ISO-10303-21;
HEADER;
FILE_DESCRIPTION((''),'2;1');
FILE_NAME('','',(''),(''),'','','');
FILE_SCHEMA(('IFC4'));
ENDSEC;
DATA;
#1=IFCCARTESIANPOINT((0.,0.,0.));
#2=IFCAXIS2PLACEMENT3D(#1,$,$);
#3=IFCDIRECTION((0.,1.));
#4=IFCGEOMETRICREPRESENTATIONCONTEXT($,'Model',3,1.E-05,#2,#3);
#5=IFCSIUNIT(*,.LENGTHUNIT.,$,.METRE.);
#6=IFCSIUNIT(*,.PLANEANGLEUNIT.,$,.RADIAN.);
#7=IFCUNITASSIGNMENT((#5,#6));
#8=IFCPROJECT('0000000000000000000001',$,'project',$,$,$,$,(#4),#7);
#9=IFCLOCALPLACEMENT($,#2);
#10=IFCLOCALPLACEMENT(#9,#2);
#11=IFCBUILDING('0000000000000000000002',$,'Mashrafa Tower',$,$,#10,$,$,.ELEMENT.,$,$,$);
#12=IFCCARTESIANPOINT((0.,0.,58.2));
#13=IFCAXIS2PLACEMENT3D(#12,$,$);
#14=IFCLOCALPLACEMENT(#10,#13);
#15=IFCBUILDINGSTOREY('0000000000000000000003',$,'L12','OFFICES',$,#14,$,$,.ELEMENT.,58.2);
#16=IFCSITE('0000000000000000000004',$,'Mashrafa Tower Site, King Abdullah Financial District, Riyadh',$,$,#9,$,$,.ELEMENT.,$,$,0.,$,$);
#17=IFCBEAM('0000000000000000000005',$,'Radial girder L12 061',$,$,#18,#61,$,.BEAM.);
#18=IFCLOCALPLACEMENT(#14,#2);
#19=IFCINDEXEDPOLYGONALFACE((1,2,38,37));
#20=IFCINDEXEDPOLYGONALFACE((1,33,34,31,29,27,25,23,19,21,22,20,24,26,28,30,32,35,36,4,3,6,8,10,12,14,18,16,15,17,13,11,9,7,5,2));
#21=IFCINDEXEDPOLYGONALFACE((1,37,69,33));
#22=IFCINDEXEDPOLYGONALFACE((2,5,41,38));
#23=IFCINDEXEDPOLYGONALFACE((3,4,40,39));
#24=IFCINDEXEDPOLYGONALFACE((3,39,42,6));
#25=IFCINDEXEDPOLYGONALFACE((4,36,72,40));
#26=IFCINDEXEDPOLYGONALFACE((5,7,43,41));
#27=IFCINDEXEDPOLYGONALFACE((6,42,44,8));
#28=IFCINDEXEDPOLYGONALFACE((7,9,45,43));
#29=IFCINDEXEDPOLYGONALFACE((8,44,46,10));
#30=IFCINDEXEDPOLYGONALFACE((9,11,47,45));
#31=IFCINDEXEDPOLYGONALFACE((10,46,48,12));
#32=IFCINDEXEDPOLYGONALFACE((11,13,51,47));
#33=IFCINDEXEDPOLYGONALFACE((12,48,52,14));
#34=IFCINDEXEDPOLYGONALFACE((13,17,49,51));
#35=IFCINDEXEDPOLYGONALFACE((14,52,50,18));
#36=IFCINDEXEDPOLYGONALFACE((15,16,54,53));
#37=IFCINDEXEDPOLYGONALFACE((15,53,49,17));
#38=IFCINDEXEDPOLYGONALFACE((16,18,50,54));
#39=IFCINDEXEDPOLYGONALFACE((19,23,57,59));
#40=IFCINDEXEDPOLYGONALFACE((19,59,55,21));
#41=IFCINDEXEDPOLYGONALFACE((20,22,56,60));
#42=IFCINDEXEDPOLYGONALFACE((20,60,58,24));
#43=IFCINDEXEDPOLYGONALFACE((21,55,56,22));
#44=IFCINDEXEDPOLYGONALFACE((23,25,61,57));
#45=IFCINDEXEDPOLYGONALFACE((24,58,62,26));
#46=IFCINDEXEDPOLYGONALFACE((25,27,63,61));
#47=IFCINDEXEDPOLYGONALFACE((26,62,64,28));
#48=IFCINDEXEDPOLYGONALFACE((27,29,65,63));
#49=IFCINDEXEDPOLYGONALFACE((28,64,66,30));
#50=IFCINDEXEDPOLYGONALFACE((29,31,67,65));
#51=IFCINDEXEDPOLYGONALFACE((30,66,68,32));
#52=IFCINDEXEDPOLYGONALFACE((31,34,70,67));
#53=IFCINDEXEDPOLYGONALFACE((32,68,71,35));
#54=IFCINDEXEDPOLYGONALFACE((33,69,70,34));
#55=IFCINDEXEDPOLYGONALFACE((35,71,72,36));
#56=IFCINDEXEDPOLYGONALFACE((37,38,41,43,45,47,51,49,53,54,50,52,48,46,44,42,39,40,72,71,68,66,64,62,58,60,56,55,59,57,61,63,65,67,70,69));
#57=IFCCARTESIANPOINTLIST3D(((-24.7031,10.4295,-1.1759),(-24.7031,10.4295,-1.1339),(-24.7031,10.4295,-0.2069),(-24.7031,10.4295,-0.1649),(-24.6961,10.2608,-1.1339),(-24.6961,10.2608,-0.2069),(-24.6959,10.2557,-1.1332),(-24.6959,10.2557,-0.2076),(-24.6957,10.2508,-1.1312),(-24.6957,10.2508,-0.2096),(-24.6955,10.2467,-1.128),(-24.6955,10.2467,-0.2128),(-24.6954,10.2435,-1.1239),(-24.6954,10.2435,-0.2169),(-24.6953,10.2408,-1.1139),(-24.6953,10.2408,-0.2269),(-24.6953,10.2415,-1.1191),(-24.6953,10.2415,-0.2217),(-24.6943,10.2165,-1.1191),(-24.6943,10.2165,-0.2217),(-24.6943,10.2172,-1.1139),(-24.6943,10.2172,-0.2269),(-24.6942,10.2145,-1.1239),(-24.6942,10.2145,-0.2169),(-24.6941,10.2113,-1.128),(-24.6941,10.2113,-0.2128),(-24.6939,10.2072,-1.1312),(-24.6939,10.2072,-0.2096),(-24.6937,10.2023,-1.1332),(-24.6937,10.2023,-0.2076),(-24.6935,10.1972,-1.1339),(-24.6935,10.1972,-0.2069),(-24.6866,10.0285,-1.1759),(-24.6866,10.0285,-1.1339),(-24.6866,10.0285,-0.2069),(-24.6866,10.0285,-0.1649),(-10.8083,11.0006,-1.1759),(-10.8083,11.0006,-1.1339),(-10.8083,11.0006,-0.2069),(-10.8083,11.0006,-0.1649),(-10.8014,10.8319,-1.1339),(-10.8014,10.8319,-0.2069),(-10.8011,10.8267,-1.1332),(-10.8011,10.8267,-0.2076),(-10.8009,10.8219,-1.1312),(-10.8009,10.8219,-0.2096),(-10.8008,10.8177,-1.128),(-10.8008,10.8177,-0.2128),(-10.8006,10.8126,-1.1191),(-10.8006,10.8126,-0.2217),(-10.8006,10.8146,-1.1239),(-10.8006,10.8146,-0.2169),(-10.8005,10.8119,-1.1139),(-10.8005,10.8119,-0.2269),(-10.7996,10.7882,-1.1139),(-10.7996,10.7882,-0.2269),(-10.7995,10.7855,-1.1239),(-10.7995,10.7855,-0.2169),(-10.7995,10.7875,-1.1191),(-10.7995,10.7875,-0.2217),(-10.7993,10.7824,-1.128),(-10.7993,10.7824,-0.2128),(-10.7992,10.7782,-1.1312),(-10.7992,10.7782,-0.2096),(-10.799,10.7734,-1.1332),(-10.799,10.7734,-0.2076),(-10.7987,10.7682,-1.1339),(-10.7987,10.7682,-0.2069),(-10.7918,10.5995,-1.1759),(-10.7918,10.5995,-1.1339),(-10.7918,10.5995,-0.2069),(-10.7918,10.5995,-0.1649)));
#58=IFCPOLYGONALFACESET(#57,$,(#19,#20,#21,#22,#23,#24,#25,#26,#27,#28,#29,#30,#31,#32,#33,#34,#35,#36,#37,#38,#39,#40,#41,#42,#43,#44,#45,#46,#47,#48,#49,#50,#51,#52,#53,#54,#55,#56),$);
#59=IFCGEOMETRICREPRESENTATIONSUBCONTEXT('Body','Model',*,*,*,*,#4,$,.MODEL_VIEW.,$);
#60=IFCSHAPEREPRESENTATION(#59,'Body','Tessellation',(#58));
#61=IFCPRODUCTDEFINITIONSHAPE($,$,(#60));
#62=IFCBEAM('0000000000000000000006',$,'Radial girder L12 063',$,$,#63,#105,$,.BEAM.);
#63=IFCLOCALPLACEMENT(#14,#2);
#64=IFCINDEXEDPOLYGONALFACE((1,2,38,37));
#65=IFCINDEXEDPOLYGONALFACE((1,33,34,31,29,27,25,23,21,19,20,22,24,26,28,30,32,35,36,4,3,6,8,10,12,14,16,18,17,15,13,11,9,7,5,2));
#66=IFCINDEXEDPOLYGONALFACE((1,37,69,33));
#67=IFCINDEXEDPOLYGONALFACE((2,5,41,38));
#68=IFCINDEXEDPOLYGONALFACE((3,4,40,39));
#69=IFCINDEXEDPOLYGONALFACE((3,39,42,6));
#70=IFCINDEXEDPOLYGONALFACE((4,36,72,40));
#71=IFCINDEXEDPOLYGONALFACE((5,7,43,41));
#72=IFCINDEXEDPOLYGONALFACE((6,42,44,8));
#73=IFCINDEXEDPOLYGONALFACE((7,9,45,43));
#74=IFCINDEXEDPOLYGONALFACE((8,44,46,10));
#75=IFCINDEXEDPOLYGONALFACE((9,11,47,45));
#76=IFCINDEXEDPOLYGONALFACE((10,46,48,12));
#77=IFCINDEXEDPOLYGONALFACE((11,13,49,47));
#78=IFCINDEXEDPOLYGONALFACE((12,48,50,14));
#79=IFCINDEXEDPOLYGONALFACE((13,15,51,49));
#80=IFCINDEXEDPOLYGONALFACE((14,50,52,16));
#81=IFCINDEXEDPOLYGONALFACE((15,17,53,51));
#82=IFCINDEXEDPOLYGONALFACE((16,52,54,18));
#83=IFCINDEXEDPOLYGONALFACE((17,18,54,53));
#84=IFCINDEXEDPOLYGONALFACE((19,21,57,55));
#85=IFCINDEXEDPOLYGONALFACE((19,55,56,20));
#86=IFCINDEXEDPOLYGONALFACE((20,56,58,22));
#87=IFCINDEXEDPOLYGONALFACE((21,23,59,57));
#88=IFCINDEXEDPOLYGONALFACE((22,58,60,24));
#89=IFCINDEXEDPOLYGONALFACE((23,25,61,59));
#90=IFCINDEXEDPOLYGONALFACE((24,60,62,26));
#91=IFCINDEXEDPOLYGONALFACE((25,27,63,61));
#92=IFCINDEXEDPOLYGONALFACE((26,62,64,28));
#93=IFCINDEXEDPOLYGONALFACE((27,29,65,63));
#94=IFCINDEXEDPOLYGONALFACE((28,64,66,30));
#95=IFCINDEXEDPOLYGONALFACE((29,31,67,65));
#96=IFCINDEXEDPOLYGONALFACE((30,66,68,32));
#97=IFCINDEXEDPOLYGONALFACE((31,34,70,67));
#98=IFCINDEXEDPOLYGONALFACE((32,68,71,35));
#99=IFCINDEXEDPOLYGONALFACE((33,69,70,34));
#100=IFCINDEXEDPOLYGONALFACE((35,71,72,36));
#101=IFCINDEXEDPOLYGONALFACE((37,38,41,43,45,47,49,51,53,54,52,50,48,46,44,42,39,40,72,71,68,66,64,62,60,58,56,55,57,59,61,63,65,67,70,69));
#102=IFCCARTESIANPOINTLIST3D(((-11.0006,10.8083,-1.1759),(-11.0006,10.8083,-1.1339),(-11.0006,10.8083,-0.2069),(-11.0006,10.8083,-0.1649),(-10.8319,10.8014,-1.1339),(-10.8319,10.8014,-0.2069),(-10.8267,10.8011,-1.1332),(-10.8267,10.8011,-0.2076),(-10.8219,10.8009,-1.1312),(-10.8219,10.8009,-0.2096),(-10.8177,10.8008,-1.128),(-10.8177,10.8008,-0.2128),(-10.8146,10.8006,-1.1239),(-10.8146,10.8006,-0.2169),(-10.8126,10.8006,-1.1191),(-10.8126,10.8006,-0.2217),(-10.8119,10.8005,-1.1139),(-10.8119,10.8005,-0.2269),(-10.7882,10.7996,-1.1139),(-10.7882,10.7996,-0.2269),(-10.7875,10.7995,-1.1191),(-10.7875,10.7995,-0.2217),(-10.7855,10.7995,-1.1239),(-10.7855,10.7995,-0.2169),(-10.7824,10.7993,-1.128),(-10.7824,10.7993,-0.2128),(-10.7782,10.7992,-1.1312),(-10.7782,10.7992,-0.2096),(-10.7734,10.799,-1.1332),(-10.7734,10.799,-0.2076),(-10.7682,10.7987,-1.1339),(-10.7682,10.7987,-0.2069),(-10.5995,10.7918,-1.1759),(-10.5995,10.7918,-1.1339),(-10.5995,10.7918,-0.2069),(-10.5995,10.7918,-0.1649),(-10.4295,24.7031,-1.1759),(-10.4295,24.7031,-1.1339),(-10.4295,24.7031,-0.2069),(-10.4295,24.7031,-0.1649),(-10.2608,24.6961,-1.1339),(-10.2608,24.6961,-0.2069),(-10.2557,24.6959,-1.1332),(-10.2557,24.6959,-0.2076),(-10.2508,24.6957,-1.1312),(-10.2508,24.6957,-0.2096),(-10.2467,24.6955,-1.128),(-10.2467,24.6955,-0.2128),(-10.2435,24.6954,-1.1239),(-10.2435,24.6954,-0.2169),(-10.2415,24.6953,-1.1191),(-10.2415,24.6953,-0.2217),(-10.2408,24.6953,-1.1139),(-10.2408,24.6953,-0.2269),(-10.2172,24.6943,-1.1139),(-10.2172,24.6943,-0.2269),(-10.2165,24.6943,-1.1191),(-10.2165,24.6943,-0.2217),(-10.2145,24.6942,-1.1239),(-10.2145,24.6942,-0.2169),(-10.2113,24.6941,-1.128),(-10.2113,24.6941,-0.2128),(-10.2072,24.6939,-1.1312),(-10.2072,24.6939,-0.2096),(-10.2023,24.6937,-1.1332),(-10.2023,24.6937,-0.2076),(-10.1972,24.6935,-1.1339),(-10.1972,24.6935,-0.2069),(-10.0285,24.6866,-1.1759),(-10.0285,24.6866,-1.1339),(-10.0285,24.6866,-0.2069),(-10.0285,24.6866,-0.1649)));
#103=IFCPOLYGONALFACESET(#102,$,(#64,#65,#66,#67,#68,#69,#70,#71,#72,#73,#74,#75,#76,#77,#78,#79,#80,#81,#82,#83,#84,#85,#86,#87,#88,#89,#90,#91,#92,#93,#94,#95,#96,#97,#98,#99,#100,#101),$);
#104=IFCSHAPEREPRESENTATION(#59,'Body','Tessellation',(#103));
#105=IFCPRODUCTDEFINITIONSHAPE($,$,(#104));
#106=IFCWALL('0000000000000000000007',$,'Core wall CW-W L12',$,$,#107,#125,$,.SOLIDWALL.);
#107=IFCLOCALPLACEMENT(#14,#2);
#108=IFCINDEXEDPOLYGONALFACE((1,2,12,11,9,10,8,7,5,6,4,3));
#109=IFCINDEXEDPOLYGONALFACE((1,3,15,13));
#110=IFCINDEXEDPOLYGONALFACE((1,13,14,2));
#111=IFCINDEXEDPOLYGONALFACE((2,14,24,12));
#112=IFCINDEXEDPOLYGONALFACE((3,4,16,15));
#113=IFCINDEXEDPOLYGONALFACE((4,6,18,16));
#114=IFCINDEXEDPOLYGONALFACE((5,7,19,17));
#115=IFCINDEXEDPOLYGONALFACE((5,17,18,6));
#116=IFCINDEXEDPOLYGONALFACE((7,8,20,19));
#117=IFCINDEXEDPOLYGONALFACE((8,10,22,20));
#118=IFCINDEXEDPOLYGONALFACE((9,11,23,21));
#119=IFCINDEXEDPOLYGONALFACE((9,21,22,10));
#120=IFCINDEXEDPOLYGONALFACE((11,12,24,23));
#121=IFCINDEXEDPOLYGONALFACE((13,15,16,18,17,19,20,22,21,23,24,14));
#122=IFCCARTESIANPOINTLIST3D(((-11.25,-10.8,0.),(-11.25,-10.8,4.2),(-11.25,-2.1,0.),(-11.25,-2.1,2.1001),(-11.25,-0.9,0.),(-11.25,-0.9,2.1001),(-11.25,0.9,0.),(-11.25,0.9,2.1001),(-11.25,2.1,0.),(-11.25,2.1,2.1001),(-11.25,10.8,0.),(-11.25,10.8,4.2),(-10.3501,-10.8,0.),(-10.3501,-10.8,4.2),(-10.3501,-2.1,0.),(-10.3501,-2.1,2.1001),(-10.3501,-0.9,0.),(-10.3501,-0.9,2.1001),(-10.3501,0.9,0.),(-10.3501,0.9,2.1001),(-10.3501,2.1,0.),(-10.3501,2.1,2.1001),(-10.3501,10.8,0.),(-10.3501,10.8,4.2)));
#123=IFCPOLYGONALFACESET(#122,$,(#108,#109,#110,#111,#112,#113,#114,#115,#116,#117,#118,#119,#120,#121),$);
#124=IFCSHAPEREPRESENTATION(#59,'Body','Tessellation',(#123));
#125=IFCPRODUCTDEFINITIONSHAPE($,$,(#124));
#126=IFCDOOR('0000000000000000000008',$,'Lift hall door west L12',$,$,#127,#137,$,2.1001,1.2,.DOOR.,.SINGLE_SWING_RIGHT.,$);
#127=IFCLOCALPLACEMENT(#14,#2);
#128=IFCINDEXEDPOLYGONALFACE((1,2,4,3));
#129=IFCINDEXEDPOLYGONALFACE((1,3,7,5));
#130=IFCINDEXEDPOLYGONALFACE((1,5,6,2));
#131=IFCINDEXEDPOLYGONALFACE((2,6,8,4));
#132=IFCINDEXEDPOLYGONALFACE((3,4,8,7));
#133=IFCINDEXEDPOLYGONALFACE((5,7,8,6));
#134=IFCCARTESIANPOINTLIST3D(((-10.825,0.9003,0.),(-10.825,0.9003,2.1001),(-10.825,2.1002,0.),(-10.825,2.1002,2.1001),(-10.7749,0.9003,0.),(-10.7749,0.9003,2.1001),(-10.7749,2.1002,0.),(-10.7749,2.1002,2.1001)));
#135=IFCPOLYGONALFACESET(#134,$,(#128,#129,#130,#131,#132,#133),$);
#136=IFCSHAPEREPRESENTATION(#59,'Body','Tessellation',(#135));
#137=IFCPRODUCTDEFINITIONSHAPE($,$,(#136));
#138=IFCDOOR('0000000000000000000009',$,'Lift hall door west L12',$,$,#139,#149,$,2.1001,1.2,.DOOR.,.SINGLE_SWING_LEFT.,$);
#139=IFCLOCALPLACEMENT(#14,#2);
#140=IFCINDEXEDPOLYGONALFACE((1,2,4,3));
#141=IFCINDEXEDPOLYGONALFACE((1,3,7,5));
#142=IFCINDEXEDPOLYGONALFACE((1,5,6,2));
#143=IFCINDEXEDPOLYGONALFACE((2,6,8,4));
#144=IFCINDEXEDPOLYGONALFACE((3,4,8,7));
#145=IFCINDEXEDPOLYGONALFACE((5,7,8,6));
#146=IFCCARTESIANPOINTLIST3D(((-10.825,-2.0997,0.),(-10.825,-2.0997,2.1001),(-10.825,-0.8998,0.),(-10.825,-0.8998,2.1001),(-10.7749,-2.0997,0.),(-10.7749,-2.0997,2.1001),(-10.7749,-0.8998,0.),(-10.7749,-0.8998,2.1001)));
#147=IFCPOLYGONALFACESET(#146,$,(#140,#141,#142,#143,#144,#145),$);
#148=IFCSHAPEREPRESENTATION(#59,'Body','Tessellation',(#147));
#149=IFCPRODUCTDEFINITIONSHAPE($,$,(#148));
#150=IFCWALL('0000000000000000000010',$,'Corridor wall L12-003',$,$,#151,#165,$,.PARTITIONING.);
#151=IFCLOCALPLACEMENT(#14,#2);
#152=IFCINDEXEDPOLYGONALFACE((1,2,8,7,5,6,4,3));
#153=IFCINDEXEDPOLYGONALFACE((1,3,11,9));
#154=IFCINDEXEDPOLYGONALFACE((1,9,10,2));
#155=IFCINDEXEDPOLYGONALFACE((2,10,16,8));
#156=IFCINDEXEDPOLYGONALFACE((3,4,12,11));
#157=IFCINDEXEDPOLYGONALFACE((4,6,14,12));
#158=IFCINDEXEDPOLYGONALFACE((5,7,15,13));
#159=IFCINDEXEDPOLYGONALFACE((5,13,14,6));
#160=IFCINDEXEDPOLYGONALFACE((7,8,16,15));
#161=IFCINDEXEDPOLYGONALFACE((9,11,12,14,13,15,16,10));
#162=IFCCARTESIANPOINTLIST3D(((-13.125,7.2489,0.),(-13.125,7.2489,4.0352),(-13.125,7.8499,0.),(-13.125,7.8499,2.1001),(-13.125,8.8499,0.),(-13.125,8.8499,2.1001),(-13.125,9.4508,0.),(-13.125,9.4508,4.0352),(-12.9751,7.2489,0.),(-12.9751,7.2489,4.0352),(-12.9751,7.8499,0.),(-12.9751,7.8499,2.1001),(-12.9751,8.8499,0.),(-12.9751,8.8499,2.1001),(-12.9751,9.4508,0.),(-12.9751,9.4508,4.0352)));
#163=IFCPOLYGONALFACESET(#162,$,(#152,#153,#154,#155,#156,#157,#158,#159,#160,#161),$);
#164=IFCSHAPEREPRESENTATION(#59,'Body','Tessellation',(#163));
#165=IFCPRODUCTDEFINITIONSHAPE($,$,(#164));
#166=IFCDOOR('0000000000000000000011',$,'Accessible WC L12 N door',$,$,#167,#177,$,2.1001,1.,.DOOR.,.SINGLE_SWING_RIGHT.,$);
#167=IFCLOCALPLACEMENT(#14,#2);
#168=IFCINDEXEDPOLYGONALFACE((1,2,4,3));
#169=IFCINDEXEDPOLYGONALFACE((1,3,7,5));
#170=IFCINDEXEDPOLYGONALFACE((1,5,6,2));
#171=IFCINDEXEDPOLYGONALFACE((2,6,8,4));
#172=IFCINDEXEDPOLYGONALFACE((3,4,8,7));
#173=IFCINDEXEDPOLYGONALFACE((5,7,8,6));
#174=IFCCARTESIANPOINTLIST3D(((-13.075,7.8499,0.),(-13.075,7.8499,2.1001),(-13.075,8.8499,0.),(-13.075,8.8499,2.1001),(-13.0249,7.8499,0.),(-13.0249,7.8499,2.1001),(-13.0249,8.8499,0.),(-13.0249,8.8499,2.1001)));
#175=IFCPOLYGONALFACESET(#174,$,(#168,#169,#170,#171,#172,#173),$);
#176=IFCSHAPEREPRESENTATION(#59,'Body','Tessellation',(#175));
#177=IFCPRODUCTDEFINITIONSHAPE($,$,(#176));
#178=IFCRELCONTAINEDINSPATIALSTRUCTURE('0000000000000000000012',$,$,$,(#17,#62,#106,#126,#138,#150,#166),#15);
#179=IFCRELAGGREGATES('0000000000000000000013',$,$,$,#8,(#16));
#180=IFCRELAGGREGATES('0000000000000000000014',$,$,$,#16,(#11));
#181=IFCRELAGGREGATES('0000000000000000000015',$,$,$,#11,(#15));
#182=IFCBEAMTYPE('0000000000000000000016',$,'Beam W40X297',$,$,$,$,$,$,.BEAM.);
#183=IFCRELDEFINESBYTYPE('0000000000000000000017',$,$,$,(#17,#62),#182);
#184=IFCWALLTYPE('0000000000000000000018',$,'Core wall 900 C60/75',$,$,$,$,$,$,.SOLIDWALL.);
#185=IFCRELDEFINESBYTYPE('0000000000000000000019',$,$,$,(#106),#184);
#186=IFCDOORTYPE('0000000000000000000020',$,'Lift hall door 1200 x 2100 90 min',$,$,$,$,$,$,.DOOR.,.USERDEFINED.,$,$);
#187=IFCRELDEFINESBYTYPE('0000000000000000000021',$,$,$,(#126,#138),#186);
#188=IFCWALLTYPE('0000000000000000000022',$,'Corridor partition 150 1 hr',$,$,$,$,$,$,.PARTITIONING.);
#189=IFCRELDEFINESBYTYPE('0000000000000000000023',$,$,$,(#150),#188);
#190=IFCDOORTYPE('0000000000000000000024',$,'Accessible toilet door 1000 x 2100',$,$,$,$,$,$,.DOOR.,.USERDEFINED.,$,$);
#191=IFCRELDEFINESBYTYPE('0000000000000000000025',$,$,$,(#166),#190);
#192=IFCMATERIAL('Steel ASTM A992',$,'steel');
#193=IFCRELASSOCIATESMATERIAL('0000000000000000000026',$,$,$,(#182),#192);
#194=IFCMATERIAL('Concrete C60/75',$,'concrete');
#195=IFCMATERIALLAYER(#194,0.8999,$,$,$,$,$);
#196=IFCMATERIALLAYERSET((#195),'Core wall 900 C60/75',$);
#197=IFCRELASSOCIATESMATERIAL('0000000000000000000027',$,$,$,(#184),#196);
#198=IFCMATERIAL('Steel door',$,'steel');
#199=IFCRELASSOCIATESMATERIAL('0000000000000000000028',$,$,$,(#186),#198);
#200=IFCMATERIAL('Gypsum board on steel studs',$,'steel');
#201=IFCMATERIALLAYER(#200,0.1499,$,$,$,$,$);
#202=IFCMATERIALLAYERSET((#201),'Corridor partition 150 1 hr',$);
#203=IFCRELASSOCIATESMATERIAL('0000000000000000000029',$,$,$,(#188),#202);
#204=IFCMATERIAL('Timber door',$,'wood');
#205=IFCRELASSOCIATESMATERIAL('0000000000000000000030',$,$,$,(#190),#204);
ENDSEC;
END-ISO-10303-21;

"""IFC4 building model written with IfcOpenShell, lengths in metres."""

from ifc_helpers import new_model, si_unit, direction, frame, frame_2d, origin, origin_2d, place, context, subcontext, project, spatial, rectangle, i_section, extrude, material, layer, layer_set, material_profile, profile_set, type_object, element, fill, save


model = new_model("IFC4")

# Units and contexts
model_context = context("Model", 3, precision=1e-05, world=origin(), true_north=direction((0.0, 1.0)))
body_context = subcontext(model_context, "Body", "Model", "MODEL_VIEW")
ifc_project = project(units=[si_unit("LENGTHUNIT", "METRE"), si_unit("PLANEANGLEUNIT", "RADIAN")], contexts=[model_context])

# Site, building, storey
site_placement = place(None, origin())
site = spatial("IfcSite", under=ifc_project, at=site_placement, Name="Mashrafa Tower Site, King Abdullah Financial District, Riyadh", CompositionType="ELEMENT", RefElevation=0.0)
building_placement = place(site_placement, origin())
building = spatial("IfcBuilding", under=site, at=building_placement, Name="Mashrafa Tower", CompositionType="ELEMENT")
storey_placement = place(building_placement, frame((0.0, 0.0, 58.2)))
storey = spatial("IfcBuildingStorey", under=building, at=storey_placement, Name="L12", Description="OFFICES", CompositionType="ELEMENT", Elevation=58.2)

# Beams
ifc_material_1 = material(Name="Steel ASTM A992", Category="steel")
ifc_material_profile_1 = material_profile(ifc_material_1, i_section(OverallWidth=0.4014, OverallDepth=1.011, WebThickness=0.0237, FlangeThickness=0.042, FilletRadius=0.02, at=origin_2d()), Name="W40X297")
ifc_profile_set_1 = profile_set([ifc_material_profile_1], Name="Steel ASTM A992")
beam_type_1 = type_object("IfcBeamType", Name="Beam W40X297", PredefinedType="BEAM", material=ifc_profile_set_1)
for number, where, z_axis, x_axis, name in (
    (1, (-10.8, 10.8, -0.6704), (-0.999157, -0.041063, 0.0), (0.041063, -0.999157, 0.0), "Radial girder L12 061"),
    (2, (-10.8, 10.8, -0.6704), (0.041063, 0.999157, 0.0), (-0.999157, 0.041063, 0.0), "Radial girder L12 063"),
):
    element("IfcBeam", number, at=place(storey_placement, frame(where, z_axis=z_axis, x_axis=x_axis)), inside=storey, type_object=beam_type_1, Name=name, PredefinedType="BEAM", context=body_context, shape_type="SweptSolid", body=[
        extrude(i_section(OverallWidth=0.4014, OverallDepth=1.011, WebThickness=0.0237, FlangeThickness=0.042, FilletRadius=0.02, at=origin_2d()), origin(), (0.0, 0.0, 1.0), 13.9065),
    ])

# Wall, openings, doors
ifc_material_2 = material(Name="Concrete C60/75", Category="concrete")
ifc_layer_1 = layer(ifc_material_2, 0.8999)
ifc_layer_set_1 = layer_set([ifc_layer_1], Name="Core wall 900 C60/75")
wall_type_1 = type_object("IfcWallType", Name="Core wall 900 C60/75", PredefinedType="SOLIDWALL", material=ifc_layer_set_1)
wall_1_placement = place(storey_placement, frame((-10.8, 10.8, 0.0), z_axis=(0.0, 0.0, 1.0), x_axis=(0.0, -1.0, 0.0)))
wall_1 = element("IfcWall", 3, at=wall_1_placement, inside=storey, type_object=wall_type_1, Name="Core wall CW-W L12", PredefinedType="SOLIDWALL", context=body_context, shape_type="SweptSolid", body=[
    extrude(rectangle(XDim=21.6001, YDim=0.8999, at=frame_2d((10.8, 0.0))), origin(), (0.0, 0.0, 1.0), 4.2),
])
opening_1_placement = place(wall_1_placement, frame((8.7, 0.0, 0.0)))
opening_1 = element("IfcOpeningElement", 4, at=opening_1_placement, cuts=wall_1, PredefinedType="OPENING", context=body_context, shape_type="SweptSolid", body=[
    extrude(rectangle(XDim=1.2, YDim=2.1001, at=frame_2d((0.6001, 1.05))), frame((0.0, 0.46, 0.0), z_axis=(0.0, -1.0, 0.0), x_axis=(1.0, 0.0, 0.0)), (0.0, 0.0, 1.0), 0.9199),
])
opening_2_placement = place(wall_1_placement, frame((11.7, 0.0, 0.0)))
opening_2 = element("IfcOpeningElement", 5, at=opening_2_placement, cuts=wall_1, PredefinedType="OPENING", context=body_context, shape_type="SweptSolid", body=[
    extrude(rectangle(XDim=1.2, YDim=2.1001, at=frame_2d((0.6001, 1.05))), frame((0.0, 0.46, 0.0), z_axis=(0.0, -1.0, 0.0), x_axis=(1.0, 0.0, 0.0)), (0.0, 0.0, 1.0), 0.9199),
])
ifc_material_3 = material(Name="Steel door", Category="steel")
door_type_1 = type_object("IfcDoorType", Name="Lift hall door 1200 x 2100 90 min", OperationType="USERDEFINED", PredefinedType="DOOR", material=ifc_material_3)
door_1_placement = place(opening_1_placement, frame((1.2, 0.0, 0.0), z_axis=(0.0, 0.0, 1.0), x_axis=(-1.0, 0.0, 0.0)))
door_1 = element("IfcDoor", 6, at=door_1_placement, inside=storey, type_object=door_type_1, Name="Lift hall door west L12", OperationType="SINGLE_SWING_RIGHT", OverallHeight=2.1001, OverallWidth=1.2, PredefinedType="DOOR", context=body_context, shape_type="SweptSolid", body=[
    extrude(rectangle(XDim=1.2, YDim=2.1001, at=frame_2d((0.6001, 1.05))), frame((0.0, 0.0249, 0.0), z_axis=(0.0, -1.0, 0.0), x_axis=(1.0, 0.0, 0.0)), (0.0, 0.0, 1.0), 0.05),
])
fill(opening_1, door_1)
door_2_placement = place(opening_2_placement, frame((1.2, 0.0, 0.0), z_axis=(0.0, 0.0, 1.0), x_axis=(-1.0, 0.0, 0.0)))
door_2 = element("IfcDoor", 7, at=door_2_placement, inside=storey, type_object=door_type_1, Name="Lift hall door west L12", OperationType="SINGLE_SWING_LEFT", OverallHeight=2.1001, OverallWidth=1.2, PredefinedType="DOOR", context=body_context, shape_type="SweptSolid", body=[
    extrude(rectangle(XDim=1.2, YDim=2.1001, at=frame_2d((0.6001, 1.05))), frame((0.0, 0.0249, 0.0), z_axis=(0.0, -1.0, 0.0), x_axis=(1.0, 0.0, 0.0)), (0.0, 0.0, 1.0), 0.05),
])
fill(opening_2, door_2)

# Wall, opening, door
ifc_material_4 = material(Name="Gypsum board on steel studs", Category="steel")
ifc_layer_2 = layer(ifc_material_4, 0.1499)
ifc_layer_set_2 = layer_set([ifc_layer_2], Name="Corridor partition 150 1 hr")
wall_type_2 = type_object("IfcWallType", Name="Corridor partition 150 1 hr", PredefinedType="PARTITIONING", material=ifc_layer_set_2)
wall_2_placement = place(storey_placement, frame((-13.05, 9.4509, 0.0), z_axis=(0.0, 0.0, 1.0), x_axis=(0.0, -1.0, 0.0)))
wall_2 = element("IfcWall", 8, at=wall_2_placement, inside=storey, type_object=wall_type_2, Name="Corridor wall L12-003", PredefinedType="PARTITIONING", context=body_context, shape_type="SweptSolid", body=[
    extrude(rectangle(XDim=2.2019, YDim=0.1499, at=frame_2d((1.1011, 0.0))), origin(), (0.0, 0.0, 1.0), 4.0352),
])
opening_3_placement = place(wall_2_placement, frame((0.6011, 0.0, 0.0)))
opening_3 = element("IfcOpeningElement", 9, at=opening_3_placement, cuts=wall_2, PredefinedType="OPENING", context=body_context, shape_type="SweptSolid", body=[
    extrude(rectangle(XDim=1.0, YDim=2.1001, at=frame_2d((0.5, 1.05))), frame((0.0, 0.085, 0.0), z_axis=(0.0, -1.0, 0.0), x_axis=(1.0, 0.0, 0.0)), (0.0, 0.0, 1.0), 0.1699),
])
ifc_material_5 = material(Name="Timber door", Category="wood")
door_type_2 = type_object("IfcDoorType", Name="Accessible toilet door 1000 x 2100", OperationType="USERDEFINED", PredefinedType="DOOR", material=ifc_material_5)
door_3_placement = place(opening_3_placement, frame((1.0, 0.0, 0.0), z_axis=(0.0, 0.0, 1.0), x_axis=(-1.0, 0.0, 0.0)))
door_3 = element("IfcDoor", 10, at=door_3_placement, inside=storey, type_object=door_type_2, Name="Accessible WC L12 N door", OperationType="SINGLE_SWING_RIGHT", OverallHeight=2.1001, OverallWidth=1.0, PredefinedType="DOOR", context=body_context, shape_type="SweptSolid", body=[
    extrude(rectangle(XDim=1.0, YDim=2.1001, at=frame_2d((0.5, 1.05))), frame((0.0, 0.0249, 0.0), z_axis=(0.0, -1.0, 0.0), x_axis=(1.0, 0.0, 0.0)), (0.0, 0.0, 1.0), 0.05),
])
fill(opening_3, door_3)

save(model, "model.ifc")
